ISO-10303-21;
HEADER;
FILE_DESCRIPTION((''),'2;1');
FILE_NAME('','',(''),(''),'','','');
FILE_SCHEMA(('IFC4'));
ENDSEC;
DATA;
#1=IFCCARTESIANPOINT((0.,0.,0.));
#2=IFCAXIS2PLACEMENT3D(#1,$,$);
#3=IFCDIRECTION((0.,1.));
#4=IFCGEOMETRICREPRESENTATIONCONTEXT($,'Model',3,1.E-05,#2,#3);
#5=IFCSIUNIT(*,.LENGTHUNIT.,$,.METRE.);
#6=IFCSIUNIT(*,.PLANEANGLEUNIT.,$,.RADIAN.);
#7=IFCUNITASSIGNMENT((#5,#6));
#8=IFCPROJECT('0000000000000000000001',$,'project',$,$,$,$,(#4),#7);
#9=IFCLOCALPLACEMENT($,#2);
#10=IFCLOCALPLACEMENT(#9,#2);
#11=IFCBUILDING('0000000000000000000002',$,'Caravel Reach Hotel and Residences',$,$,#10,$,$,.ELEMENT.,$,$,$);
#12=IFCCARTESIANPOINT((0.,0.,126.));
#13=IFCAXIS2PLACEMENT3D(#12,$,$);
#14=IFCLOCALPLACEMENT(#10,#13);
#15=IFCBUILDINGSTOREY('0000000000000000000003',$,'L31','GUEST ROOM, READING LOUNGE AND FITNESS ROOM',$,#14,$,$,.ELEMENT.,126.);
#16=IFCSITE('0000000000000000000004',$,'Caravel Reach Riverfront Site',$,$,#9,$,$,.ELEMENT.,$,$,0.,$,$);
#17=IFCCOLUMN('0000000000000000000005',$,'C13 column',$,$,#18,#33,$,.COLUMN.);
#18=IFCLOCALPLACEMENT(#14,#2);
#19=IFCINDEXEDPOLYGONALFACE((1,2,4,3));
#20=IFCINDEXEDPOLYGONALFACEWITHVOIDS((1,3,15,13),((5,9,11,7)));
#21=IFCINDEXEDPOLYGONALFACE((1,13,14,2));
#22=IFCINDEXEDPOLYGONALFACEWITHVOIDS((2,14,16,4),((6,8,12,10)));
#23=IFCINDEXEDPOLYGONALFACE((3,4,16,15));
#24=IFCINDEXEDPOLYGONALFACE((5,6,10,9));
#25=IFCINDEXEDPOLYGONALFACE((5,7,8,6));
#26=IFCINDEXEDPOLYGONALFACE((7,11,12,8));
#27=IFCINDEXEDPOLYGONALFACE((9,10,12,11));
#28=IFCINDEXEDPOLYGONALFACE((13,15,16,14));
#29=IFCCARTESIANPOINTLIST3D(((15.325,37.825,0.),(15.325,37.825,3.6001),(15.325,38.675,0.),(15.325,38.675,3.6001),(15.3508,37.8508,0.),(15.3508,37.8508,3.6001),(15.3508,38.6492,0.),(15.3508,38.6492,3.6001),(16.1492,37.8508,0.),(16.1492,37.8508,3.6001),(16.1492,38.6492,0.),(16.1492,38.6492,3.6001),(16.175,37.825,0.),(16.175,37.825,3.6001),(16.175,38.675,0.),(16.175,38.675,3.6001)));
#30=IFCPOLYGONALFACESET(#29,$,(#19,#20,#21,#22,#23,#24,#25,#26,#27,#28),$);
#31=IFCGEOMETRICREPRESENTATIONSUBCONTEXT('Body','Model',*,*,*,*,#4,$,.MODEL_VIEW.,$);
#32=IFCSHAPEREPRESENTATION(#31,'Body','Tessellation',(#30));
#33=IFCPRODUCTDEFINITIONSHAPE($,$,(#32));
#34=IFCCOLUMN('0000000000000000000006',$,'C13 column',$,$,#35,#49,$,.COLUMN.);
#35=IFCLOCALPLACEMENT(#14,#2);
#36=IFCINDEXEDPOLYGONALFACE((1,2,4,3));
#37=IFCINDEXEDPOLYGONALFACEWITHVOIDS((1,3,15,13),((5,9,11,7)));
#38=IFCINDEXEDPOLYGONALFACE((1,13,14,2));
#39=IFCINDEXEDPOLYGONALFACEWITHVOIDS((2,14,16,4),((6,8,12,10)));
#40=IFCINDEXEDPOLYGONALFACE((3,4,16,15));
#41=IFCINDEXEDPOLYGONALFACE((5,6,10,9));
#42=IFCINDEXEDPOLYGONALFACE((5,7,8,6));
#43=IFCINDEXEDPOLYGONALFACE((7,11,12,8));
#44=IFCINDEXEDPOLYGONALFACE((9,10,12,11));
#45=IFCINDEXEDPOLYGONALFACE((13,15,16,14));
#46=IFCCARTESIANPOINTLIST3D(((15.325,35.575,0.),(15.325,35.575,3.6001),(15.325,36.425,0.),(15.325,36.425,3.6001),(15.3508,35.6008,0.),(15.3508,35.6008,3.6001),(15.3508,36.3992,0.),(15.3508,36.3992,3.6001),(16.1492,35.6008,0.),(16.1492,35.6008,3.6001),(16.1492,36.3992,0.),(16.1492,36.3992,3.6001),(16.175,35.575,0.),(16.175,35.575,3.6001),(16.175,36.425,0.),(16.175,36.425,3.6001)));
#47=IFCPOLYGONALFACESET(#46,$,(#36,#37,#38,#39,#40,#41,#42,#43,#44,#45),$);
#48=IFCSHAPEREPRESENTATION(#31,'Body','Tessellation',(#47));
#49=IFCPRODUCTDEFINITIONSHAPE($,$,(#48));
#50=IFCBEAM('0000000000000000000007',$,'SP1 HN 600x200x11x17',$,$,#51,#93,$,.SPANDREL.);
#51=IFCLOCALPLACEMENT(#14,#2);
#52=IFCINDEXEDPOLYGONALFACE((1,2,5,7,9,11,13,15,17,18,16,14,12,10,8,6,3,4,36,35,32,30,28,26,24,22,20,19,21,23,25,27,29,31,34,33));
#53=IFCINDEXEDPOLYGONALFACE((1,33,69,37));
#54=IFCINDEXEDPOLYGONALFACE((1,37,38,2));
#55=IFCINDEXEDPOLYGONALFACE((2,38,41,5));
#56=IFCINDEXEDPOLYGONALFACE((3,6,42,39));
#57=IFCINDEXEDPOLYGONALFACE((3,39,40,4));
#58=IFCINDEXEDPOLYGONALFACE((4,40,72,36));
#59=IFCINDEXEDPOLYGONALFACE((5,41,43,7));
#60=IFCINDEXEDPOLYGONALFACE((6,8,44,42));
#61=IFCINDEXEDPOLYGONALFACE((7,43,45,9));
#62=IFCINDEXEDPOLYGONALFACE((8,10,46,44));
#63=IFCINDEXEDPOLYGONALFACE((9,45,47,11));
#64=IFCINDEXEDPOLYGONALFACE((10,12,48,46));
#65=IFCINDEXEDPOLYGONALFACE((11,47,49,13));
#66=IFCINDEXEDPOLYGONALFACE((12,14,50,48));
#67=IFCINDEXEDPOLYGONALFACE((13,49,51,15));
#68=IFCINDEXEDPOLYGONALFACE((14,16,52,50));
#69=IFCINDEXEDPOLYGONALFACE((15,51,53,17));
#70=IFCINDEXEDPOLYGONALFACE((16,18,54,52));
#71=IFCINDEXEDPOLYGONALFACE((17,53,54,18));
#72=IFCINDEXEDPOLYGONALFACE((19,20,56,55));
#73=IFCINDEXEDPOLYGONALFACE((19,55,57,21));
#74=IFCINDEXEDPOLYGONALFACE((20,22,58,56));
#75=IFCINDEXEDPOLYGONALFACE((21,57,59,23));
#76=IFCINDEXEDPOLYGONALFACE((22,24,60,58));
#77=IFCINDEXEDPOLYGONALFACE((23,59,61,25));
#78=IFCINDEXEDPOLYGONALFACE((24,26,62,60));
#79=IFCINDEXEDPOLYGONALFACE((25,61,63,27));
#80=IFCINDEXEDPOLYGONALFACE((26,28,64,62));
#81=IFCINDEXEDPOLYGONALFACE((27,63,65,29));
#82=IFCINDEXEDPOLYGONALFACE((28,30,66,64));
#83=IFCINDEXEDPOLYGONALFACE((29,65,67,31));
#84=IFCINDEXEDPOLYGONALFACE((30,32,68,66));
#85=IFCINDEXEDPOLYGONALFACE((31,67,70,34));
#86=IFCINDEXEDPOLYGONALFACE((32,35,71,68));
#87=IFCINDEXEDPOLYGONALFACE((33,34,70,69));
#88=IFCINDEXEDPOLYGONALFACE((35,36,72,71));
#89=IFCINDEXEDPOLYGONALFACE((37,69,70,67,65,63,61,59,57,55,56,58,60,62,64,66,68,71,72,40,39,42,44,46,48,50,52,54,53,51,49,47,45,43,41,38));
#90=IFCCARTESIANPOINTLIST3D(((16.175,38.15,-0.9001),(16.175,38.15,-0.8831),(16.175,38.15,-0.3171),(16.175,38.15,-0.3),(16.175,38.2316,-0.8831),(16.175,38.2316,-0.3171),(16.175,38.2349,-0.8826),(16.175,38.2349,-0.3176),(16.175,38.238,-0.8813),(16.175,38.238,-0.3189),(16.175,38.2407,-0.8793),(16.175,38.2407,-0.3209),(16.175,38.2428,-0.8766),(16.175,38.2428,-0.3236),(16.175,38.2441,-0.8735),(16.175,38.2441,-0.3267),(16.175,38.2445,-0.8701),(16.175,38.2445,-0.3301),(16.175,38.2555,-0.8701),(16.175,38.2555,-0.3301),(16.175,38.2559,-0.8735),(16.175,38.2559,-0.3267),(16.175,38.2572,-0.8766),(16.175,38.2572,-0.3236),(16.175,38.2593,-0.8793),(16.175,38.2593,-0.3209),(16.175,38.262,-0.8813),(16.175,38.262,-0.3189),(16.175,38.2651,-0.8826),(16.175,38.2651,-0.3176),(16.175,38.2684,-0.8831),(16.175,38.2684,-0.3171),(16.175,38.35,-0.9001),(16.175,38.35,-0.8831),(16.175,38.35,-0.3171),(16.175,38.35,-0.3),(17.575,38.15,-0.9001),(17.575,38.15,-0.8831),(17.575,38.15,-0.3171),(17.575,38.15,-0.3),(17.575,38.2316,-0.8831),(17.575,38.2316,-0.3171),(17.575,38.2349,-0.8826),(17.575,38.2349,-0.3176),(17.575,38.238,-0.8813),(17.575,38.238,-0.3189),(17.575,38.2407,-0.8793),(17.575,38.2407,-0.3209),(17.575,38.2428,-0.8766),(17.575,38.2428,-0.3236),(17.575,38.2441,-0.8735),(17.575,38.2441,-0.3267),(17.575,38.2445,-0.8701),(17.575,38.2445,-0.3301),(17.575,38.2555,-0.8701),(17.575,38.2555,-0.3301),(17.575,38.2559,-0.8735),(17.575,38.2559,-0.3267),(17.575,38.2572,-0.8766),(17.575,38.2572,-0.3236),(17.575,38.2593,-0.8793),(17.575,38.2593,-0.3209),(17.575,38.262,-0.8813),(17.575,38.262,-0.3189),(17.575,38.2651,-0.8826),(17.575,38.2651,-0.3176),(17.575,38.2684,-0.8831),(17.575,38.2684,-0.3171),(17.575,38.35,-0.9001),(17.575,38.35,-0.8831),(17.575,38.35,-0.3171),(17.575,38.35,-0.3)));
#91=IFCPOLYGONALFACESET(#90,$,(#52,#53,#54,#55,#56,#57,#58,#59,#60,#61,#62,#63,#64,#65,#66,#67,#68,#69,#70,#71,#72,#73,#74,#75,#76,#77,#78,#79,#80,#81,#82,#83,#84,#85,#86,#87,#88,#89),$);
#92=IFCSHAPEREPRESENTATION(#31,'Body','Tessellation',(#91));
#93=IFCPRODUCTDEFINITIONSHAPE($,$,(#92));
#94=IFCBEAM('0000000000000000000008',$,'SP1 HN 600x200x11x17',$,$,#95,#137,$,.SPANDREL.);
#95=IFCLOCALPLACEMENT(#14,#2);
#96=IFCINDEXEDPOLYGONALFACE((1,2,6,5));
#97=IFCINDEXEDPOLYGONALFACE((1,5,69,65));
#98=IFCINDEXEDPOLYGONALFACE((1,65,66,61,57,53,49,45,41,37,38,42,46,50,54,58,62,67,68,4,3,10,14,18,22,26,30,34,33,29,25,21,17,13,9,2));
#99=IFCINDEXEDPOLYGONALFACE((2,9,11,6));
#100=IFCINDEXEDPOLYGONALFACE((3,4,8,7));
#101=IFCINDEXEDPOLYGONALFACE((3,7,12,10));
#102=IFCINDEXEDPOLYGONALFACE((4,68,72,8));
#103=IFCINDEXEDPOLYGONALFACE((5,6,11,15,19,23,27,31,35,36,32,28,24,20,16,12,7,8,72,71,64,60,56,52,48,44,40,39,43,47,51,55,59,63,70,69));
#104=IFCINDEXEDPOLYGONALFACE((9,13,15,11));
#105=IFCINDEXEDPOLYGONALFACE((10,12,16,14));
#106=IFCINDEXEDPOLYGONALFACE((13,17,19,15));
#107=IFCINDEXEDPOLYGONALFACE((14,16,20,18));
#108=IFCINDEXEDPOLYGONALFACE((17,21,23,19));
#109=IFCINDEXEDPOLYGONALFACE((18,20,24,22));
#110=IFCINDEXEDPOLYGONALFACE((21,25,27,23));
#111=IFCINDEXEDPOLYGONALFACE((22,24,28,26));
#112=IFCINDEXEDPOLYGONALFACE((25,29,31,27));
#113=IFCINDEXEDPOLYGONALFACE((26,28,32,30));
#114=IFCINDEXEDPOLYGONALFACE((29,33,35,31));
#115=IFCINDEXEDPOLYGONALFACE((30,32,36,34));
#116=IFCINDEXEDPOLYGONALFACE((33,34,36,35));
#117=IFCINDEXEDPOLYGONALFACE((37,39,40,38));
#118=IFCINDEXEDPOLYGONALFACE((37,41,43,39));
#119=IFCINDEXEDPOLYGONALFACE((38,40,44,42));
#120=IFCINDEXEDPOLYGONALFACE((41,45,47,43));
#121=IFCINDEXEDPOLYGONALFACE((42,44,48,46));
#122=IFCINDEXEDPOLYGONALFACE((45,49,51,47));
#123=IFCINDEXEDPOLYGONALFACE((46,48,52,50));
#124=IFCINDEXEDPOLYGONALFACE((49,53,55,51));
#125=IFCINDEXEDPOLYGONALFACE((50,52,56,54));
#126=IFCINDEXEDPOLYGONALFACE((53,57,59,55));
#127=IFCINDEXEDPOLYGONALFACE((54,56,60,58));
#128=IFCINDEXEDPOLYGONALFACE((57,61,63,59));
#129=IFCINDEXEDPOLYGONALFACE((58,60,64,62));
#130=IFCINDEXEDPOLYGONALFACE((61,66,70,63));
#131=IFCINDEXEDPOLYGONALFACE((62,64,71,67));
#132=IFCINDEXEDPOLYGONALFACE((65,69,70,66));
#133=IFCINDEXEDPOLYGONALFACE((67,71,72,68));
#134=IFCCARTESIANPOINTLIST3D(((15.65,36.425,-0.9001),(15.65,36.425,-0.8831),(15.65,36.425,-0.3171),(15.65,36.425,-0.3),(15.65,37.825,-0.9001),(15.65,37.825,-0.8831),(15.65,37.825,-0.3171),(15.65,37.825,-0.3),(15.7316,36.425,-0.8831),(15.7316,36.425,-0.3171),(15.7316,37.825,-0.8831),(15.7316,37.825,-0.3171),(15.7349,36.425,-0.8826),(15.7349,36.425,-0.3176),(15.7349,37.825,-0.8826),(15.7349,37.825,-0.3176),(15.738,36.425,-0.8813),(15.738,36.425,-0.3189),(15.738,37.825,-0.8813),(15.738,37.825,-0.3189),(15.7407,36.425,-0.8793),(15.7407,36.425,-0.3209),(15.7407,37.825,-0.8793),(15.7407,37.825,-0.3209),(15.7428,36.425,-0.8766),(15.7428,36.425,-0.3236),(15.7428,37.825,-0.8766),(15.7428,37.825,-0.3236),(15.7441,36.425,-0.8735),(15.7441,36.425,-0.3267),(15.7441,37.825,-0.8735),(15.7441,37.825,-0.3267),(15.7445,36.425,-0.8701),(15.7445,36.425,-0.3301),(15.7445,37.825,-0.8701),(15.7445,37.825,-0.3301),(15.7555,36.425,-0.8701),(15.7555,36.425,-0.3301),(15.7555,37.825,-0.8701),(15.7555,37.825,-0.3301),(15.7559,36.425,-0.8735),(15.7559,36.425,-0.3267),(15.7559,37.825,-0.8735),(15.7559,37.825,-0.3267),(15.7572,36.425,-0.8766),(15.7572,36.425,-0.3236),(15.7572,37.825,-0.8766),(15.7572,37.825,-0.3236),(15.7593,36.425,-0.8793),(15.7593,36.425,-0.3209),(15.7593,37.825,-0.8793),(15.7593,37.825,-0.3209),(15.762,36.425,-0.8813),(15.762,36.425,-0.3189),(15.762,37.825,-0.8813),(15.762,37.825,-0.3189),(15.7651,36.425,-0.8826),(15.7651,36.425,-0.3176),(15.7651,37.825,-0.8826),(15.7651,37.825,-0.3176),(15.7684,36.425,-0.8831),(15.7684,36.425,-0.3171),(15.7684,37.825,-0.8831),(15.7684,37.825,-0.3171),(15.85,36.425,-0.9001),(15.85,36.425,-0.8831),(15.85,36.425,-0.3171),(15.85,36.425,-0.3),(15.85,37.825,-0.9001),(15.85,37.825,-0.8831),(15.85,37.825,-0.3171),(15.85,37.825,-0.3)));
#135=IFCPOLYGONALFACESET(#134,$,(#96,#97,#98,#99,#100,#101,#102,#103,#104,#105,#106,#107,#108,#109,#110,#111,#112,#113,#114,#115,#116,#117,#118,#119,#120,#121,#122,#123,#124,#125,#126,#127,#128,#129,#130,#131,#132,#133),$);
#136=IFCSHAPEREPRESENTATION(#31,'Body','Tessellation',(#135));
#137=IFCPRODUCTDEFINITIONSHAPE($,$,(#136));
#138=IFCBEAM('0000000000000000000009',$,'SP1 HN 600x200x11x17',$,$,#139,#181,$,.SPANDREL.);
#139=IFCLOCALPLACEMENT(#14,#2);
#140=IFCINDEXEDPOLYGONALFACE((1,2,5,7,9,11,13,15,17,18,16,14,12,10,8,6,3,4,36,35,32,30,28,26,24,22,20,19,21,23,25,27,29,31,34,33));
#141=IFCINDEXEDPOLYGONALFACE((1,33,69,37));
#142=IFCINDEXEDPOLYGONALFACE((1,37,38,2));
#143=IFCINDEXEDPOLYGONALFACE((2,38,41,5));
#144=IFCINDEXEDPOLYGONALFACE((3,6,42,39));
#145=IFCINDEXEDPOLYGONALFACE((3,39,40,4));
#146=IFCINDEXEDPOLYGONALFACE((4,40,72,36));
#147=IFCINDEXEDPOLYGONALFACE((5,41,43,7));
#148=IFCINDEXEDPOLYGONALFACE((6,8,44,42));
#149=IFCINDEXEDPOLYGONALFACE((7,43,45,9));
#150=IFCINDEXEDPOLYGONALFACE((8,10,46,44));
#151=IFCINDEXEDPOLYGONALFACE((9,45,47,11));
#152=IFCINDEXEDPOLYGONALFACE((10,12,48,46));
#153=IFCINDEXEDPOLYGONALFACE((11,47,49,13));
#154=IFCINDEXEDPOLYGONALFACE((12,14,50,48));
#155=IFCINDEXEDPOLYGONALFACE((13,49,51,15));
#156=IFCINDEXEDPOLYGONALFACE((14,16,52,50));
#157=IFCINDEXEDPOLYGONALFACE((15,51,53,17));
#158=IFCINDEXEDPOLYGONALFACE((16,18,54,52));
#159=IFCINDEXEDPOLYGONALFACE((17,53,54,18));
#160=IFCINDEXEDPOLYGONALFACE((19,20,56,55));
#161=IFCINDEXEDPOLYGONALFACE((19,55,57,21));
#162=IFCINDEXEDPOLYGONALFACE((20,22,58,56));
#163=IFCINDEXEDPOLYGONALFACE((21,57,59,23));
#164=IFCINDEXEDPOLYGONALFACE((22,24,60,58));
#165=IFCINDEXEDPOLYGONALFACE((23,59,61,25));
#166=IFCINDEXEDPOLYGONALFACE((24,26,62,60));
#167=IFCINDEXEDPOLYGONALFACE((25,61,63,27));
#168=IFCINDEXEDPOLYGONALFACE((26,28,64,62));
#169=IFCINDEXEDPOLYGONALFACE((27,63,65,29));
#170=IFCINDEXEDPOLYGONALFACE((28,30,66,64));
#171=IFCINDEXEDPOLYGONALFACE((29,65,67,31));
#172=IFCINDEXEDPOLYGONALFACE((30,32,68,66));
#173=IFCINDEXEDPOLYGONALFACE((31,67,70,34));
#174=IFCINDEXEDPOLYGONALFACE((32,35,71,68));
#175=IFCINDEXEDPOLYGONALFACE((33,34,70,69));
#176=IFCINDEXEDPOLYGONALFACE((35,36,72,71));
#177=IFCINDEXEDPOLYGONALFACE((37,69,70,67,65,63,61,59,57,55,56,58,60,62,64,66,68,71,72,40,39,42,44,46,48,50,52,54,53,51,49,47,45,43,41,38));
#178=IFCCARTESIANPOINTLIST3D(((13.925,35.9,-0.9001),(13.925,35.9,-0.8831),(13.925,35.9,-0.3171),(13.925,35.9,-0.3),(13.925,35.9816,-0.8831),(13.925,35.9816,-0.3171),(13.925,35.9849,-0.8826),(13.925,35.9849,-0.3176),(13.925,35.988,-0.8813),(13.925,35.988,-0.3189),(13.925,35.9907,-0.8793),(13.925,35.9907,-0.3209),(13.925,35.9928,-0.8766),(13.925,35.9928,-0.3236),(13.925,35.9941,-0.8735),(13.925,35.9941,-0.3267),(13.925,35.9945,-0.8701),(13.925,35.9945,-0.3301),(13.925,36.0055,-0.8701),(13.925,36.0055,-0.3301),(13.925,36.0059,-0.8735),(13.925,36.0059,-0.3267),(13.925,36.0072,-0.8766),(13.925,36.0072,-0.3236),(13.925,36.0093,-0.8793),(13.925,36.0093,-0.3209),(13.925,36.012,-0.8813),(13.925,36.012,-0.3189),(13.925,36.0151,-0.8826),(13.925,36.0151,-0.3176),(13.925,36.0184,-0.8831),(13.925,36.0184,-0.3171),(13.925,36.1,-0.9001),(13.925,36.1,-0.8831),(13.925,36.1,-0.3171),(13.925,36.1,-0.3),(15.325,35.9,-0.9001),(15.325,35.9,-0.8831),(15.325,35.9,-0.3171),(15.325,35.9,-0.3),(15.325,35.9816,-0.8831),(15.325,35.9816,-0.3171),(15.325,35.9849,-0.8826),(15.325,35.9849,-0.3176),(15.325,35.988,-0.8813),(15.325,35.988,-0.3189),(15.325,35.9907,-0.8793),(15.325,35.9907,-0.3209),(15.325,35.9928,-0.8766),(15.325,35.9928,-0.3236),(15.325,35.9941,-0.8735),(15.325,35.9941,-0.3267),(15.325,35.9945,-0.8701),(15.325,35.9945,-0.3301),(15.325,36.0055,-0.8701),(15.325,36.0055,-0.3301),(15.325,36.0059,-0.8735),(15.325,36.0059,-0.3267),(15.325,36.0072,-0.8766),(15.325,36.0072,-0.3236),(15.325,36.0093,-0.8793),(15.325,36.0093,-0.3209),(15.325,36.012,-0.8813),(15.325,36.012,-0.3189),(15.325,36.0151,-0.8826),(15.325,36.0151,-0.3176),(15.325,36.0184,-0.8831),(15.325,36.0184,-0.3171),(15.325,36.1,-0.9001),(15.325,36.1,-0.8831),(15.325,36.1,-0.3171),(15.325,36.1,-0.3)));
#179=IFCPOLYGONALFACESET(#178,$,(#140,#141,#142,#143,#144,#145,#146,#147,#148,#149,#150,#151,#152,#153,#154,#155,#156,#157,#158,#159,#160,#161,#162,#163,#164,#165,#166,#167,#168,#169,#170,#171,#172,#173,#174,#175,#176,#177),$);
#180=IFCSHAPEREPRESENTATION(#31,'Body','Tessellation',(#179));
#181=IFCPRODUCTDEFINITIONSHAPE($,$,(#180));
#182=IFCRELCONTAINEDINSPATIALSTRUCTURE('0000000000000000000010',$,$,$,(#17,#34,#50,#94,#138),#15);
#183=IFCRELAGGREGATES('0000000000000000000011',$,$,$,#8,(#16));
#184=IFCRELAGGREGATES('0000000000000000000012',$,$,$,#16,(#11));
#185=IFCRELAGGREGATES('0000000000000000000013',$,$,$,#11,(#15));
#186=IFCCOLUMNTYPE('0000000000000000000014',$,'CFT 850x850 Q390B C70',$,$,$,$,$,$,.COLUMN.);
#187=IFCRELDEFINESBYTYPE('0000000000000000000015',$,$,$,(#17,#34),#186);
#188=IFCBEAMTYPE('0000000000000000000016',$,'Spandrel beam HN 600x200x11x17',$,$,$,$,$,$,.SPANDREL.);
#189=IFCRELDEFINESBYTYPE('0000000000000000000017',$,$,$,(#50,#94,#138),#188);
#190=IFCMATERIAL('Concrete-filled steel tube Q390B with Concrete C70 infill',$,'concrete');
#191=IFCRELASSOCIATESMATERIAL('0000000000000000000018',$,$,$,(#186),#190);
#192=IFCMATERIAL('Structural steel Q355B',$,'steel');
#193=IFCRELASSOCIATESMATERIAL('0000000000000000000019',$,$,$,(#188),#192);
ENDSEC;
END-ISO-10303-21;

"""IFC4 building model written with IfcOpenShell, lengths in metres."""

from ifc_helpers import new_model, si_unit, direction, frame, origin, origin_2d, place, context, subcontext, project, spatial, hollow_rectangle, i_section, extrude, material, material_profile, profile_set, type_object, element, save


model = new_model("IFC4")

# Units and contexts
model_context = context("Model", 3, precision=1e-05, world=origin(), true_north=direction((0.0, 1.0)))
body_context = subcontext(model_context, "Body", "Model", "MODEL_VIEW")
ifc_project = project(units=[si_unit("LENGTHUNIT", "METRE"), si_unit("PLANEANGLEUNIT", "RADIAN")], contexts=[model_context])

# Site, building, storey
site_placement = place(None, origin())
site = spatial("IfcSite", under=ifc_project, at=site_placement, Name="Caravel Reach Riverfront Site", CompositionType="ELEMENT", RefElevation=0.0)
building_placement = place(site_placement, origin())
building = spatial("IfcBuilding", under=site, at=building_placement, Name="Caravel Reach Hotel and Residences", CompositionType="ELEMENT")
storey_placement = place(building_placement, frame((0.0, 0.0, 126.0)))
storey = spatial("IfcBuildingStorey", under=building, at=storey_placement, Name="L31", Description="GUEST ROOM, READING LOUNGE AND FITNESS ROOM", CompositionType="ELEMENT", Elevation=126.0)

# Columns
ifc_material_1 = material(Name="Concrete-filled steel tube Q390B with Concrete C70 infill", Category="concrete")
ifc_material_profile_1 = material_profile(ifc_material_1, hollow_rectangle(XDim=0.8501, YDim=0.8501, WallThickness=0.0259, at=origin_2d()), Name="RHS 850x850x26")
ifc_profile_set_1 = profile_set([ifc_material_profile_1], Name="Concrete-filled steel tube Q390B with Concrete C70 infill")
column_type = type_object("IfcColumnType", Name="CFT 850x850 Q390B C70", PredefinedType="COLUMN", material=ifc_profile_set_1)
for number, where, z_axis, x_axis, name in (
    (1, (15.75, 38.25, 0.0), (0.0, 0.0, 1.0), (1.0, 0.0, 0.0), "C13 column"),
    (2, (15.75, 36.0, 0.0), (0.0, 0.0, 1.0), (1.0, 0.0, 0.0), "C13 column"),
):
    element("IfcColumn", number, at=place(storey_placement, frame(where, z_axis=z_axis, x_axis=x_axis)), inside=storey, type_object=column_type, Name=name, PredefinedType="COLUMN", context=body_context, shape_type="SweptSolid", body=[
        extrude(hollow_rectangle(XDim=0.8501, YDim=0.8501, WallThickness=0.0259, at=origin_2d()), origin(), (0.0, 0.0, 1.0), 3.6001),
    ])

# Beams
ifc_material_2 = material(Name="Structural steel Q355B", Category="steel")
ifc_material_profile_2 = material_profile(ifc_material_2, i_section(OverallWidth=0.2, OverallDepth=0.6001, WebThickness=0.011, FlangeThickness=0.0171, FilletRadius=0.0129, at=origin_2d()), Name="HN 600x200x11x17")
ifc_profile_set_2 = profile_set([ifc_material_profile_2], Name="Structural steel Q355B")
beam_type = type_object("IfcBeamType", Name="Spandrel beam HN 600x200x11x17", PredefinedType="SPANDREL", material=ifc_profile_set_2)
for number, where, z_axis, x_axis, name in (
    (3, (17.575, 38.25, -0.6001), (-1.0, 0.0, 0.0), (0.0, -1.0, 0.0), "SP1 HN 600x200x11x17"),
    (4, (15.75, 37.825, -0.6001), (0.0, -1.0, 0.0), (1.0, 0.0, 0.0), "SP1 HN 600x200x11x17"),
    (5, (15.325, 36.0, -0.6001), (-1.0, 0.0, 0.0), (0.0, -1.0, 0.0), "SP1 HN 600x200x11x17"),
):
    element("IfcBeam", number, at=place(storey_placement, frame(where, z_axis=z_axis, x_axis=x_axis)), inside=storey, type_object=beam_type, Name=name, PredefinedType="SPANDREL", context=body_context, shape_type="SweptSolid", body=[
        extrude(i_section(OverallWidth=0.2, OverallDepth=0.6001, WebThickness=0.011, FlangeThickness=0.0171, FilletRadius=0.0129, at=origin_2d()), origin(), (0.0, 0.0, 1.0), 1.3999),
    ])

save(model, "model.ifc")
